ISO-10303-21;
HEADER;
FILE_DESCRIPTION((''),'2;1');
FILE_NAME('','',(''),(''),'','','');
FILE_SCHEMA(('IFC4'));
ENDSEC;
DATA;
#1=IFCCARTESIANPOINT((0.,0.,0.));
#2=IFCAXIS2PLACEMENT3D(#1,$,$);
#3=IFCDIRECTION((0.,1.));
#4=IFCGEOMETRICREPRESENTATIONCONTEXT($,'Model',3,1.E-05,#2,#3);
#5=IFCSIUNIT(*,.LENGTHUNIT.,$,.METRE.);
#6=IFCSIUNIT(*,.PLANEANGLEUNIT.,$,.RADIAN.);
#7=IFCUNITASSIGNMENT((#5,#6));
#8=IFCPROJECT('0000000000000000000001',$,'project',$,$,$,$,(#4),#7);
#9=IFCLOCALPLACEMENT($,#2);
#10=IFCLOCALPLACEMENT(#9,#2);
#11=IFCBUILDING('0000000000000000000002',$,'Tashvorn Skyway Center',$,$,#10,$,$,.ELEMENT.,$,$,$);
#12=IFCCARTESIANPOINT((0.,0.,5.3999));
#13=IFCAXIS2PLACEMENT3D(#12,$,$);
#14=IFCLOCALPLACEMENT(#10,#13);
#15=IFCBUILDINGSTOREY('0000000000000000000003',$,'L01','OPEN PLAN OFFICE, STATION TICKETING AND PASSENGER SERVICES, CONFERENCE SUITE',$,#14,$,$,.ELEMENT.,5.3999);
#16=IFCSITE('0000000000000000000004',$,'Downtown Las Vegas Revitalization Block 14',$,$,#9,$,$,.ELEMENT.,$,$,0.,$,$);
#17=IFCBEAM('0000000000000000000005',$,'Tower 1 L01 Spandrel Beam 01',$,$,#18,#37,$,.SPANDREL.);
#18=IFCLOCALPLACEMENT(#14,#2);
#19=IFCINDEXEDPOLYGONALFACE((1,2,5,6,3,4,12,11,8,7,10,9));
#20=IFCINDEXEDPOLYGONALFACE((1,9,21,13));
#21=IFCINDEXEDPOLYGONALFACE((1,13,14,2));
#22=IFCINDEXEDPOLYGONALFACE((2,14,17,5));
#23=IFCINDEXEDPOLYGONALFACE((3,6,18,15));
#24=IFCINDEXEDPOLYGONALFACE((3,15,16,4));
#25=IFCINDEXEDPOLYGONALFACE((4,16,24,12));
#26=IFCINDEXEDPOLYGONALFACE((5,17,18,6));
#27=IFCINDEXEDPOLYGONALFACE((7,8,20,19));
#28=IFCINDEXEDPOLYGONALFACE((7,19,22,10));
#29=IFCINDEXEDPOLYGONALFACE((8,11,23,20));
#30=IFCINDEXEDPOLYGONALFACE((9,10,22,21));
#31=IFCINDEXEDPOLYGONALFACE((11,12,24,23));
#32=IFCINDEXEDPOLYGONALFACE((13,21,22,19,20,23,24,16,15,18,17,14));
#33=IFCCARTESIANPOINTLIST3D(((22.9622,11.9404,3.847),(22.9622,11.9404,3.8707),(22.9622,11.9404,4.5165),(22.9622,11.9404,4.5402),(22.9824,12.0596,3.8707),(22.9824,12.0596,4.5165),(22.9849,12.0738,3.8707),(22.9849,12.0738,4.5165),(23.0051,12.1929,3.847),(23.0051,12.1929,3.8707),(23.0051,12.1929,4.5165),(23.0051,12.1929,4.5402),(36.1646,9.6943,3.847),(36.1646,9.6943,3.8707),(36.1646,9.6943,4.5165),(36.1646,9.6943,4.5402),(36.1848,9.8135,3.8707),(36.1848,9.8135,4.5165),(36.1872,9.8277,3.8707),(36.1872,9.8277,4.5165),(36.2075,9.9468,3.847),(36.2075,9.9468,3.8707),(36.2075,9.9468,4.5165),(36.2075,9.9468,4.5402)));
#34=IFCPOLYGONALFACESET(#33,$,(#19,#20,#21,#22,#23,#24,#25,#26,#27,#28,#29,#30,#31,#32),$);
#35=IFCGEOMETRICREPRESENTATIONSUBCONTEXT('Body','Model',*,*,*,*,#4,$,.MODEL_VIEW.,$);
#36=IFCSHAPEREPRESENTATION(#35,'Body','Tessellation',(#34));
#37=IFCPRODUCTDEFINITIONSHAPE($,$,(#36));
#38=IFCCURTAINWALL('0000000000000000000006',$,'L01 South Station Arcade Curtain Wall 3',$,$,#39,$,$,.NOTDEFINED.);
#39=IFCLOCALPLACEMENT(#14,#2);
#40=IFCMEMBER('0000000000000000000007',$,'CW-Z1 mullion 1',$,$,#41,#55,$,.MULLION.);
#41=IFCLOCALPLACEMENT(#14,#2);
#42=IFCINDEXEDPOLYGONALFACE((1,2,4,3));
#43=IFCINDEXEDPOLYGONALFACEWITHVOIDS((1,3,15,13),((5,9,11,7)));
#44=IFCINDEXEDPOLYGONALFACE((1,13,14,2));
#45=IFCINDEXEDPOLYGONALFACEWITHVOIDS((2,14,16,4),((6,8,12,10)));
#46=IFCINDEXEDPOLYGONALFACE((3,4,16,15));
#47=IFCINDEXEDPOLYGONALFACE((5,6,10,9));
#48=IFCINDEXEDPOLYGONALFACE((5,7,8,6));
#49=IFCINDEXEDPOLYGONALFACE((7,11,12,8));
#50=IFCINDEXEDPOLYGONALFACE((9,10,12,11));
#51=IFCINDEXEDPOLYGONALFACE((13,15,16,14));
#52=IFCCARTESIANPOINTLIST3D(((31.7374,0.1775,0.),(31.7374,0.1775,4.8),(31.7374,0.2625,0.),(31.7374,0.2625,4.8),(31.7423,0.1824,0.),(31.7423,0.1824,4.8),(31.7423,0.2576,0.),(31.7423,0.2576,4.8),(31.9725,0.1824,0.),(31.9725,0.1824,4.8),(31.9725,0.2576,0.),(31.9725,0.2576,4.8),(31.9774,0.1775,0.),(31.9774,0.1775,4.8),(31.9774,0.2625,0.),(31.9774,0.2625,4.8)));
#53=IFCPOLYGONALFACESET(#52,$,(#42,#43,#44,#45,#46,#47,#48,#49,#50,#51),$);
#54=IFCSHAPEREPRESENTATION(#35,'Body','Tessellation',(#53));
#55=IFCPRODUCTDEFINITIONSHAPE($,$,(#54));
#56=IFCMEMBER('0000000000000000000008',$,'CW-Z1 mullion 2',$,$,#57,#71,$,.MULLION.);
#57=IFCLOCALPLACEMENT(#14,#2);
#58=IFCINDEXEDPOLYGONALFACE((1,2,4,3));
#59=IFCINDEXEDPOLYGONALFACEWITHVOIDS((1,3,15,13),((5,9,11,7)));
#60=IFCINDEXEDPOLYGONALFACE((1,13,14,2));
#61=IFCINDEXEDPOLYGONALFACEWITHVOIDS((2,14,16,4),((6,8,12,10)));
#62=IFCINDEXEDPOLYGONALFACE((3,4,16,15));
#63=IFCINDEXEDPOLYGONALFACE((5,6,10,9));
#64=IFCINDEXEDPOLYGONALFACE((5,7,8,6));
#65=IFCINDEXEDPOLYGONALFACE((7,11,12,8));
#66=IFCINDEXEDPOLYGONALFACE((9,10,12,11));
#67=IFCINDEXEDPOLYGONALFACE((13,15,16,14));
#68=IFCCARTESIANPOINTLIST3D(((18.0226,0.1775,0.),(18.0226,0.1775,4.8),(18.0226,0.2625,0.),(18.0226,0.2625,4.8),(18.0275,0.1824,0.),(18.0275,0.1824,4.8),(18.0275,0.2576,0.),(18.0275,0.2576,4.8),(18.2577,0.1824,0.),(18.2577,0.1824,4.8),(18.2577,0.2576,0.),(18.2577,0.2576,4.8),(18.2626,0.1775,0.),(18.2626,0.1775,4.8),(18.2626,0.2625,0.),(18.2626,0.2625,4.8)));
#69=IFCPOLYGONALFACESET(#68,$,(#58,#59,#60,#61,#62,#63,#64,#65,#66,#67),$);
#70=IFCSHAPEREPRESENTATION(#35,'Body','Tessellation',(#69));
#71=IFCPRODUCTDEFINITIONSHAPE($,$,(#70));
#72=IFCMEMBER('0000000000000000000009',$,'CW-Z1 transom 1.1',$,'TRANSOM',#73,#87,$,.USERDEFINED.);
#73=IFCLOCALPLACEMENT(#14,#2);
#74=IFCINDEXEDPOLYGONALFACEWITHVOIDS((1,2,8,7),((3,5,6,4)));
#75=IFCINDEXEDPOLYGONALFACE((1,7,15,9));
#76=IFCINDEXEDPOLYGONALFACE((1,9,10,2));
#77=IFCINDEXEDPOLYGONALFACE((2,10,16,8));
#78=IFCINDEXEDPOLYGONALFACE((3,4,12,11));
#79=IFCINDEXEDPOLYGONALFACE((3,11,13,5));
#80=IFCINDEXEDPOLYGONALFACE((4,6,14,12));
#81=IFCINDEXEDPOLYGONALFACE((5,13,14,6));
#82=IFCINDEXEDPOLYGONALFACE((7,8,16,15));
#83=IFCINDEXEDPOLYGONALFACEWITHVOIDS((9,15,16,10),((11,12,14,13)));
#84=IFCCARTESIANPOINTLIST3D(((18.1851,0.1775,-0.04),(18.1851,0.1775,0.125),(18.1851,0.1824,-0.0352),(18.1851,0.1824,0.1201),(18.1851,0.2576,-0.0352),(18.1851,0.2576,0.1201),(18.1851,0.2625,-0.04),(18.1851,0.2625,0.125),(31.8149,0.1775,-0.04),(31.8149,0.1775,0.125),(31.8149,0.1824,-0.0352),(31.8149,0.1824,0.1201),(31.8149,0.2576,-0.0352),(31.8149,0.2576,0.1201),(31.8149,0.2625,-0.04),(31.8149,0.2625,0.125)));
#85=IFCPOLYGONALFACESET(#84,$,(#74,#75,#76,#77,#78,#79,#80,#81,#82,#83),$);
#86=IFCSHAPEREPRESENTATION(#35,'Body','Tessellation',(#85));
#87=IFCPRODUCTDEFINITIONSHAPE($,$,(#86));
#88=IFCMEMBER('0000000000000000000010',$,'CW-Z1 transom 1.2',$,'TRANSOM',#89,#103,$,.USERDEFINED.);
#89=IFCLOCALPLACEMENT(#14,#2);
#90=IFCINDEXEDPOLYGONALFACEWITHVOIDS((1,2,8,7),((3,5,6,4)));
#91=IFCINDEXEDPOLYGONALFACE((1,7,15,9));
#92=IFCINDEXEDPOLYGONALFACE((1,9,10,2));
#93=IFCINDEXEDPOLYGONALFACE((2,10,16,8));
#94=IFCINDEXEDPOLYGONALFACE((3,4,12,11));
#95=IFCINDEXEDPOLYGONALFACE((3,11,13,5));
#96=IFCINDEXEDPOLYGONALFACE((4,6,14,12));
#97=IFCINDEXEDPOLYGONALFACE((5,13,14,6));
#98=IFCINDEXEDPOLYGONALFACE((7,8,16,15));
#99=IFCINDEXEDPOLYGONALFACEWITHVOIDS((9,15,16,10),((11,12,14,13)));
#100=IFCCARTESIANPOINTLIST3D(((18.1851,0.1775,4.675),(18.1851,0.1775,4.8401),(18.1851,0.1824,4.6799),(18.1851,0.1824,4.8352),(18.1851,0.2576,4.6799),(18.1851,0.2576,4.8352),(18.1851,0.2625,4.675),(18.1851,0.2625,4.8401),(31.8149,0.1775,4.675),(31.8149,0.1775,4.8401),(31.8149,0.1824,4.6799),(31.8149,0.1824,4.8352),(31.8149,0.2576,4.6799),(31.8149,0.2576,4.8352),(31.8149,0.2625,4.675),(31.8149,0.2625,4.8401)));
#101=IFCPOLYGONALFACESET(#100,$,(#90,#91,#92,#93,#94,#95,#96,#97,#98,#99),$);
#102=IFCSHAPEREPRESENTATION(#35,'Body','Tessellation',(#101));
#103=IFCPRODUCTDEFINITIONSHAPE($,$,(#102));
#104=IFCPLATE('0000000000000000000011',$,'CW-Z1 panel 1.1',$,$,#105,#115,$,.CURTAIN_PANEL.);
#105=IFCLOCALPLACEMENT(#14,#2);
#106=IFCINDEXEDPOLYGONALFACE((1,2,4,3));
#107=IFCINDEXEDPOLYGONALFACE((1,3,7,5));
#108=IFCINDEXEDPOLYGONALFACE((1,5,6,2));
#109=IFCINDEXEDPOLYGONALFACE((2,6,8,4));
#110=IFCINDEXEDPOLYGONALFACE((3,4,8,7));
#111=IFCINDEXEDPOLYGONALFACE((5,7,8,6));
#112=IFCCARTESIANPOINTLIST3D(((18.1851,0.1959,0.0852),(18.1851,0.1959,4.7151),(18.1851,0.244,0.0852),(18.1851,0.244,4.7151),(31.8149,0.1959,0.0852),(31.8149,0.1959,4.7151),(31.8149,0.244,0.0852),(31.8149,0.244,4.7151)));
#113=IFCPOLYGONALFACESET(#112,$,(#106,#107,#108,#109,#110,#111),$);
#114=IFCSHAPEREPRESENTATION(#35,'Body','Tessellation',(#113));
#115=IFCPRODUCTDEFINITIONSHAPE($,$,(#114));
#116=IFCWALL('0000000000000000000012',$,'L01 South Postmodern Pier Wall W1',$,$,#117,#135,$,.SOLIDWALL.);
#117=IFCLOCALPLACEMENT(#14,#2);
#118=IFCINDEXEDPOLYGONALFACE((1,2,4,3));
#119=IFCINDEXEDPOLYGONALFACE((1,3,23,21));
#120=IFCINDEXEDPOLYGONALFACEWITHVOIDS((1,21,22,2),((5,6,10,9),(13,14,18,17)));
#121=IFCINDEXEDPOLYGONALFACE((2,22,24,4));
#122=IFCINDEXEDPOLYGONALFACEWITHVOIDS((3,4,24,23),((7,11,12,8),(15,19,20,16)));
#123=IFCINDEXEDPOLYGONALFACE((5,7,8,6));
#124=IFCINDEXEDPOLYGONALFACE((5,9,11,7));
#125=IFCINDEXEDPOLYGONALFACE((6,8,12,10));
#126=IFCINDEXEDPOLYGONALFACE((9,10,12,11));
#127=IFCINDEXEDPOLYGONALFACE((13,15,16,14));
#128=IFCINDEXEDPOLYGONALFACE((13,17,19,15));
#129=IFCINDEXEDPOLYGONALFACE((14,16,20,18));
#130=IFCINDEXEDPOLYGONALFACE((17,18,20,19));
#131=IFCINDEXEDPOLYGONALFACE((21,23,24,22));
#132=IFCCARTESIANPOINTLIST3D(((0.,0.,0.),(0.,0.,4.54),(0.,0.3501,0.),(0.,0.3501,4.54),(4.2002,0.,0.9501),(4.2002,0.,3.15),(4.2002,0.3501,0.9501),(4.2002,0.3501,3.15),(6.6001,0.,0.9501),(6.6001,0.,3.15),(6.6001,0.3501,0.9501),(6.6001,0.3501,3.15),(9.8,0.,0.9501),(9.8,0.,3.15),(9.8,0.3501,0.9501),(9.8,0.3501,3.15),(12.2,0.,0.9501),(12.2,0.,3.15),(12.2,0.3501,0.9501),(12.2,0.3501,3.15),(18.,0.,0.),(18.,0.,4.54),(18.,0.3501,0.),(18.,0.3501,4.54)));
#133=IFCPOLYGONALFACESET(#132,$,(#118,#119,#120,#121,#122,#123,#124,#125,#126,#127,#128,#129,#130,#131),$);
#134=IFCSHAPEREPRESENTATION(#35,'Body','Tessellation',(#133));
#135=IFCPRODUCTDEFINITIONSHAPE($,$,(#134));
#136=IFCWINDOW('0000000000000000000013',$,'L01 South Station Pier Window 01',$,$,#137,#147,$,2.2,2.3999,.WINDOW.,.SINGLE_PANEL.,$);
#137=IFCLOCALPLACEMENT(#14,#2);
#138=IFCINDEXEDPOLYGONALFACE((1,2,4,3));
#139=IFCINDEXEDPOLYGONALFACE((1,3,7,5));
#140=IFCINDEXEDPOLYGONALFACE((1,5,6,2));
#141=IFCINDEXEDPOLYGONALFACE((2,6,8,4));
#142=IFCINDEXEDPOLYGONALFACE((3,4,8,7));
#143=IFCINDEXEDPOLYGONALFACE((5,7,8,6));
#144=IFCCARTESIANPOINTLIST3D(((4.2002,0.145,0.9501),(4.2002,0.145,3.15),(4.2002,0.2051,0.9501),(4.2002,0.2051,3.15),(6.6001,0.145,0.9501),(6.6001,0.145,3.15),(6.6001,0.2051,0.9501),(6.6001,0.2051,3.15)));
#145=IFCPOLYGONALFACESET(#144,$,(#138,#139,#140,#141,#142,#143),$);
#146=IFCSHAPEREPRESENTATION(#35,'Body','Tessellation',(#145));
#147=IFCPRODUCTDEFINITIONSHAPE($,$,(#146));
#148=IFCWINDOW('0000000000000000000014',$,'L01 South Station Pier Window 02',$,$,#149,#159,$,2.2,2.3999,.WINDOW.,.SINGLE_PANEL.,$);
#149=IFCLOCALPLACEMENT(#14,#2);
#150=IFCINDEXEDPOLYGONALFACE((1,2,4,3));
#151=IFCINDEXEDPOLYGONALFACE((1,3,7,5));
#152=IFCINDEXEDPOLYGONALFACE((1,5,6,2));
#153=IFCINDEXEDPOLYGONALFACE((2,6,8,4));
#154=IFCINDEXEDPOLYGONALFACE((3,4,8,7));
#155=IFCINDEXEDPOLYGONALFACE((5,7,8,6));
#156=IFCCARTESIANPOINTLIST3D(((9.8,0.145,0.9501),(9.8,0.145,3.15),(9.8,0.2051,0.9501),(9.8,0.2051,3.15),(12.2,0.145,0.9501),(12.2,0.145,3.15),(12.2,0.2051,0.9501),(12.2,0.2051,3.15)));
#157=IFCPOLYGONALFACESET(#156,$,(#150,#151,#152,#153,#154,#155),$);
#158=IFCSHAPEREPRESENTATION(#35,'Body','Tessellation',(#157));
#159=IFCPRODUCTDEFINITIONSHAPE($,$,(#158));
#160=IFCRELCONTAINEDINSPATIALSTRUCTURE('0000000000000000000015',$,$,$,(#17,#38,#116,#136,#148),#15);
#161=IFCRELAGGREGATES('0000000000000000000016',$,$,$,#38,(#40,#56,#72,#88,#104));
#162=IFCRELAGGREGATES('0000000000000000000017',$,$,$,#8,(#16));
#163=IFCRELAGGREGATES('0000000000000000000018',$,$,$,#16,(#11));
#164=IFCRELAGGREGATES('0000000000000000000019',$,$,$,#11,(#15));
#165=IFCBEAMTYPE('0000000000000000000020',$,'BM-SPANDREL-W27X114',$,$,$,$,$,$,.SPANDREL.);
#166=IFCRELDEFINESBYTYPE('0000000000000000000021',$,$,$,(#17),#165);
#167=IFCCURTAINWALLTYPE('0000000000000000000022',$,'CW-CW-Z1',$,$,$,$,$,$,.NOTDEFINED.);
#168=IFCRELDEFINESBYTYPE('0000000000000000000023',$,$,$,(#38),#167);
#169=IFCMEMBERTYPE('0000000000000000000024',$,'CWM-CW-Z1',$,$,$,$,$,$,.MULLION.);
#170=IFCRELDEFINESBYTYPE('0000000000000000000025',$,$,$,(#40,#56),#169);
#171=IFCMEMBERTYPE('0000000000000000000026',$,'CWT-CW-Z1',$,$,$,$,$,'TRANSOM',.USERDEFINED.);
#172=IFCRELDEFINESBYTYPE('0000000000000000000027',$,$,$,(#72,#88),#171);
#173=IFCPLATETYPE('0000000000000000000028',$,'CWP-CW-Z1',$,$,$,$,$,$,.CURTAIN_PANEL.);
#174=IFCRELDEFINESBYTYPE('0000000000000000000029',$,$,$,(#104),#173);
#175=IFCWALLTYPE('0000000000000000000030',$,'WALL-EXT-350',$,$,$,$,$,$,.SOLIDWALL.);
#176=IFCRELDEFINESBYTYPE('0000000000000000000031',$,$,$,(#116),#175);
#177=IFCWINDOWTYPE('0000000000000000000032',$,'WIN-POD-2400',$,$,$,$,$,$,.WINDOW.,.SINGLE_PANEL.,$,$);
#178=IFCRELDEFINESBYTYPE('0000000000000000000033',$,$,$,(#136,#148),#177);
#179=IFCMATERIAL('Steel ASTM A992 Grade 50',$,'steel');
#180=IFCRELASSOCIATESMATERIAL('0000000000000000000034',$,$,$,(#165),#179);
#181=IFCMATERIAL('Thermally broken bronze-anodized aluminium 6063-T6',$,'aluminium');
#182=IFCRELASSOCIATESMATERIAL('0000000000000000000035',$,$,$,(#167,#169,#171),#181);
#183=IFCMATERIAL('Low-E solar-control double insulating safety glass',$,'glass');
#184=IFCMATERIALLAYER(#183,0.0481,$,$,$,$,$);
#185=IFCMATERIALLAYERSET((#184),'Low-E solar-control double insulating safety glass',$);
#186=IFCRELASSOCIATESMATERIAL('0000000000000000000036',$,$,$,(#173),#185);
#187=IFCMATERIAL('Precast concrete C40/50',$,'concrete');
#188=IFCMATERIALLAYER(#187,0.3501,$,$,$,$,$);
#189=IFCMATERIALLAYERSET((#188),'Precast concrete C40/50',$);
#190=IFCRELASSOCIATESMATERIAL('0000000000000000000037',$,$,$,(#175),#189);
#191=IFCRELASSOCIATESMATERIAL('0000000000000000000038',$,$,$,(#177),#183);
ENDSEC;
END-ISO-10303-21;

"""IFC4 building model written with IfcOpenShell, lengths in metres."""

from ifc_helpers import new_model, si_unit, direction, frame, frame_2d, origin, origin_2d, place, context, subcontext, project, spatial, rectangle, hollow_rectangle, i_section, extrude, material, layer, layer_set, material_profile, profile_set, type_object, element, fill, aggregate, save


model = new_model("IFC4")

# Units and contexts
model_context = context("Model", 3, precision=1e-05, world=origin(), true_north=direction((0.0, 1.0)))
body_context = subcontext(model_context, "Body", "Model", "MODEL_VIEW")
ifc_project = project(units=[si_unit("LENGTHUNIT", "METRE"), si_unit("PLANEANGLEUNIT", "RADIAN")], contexts=[model_context])

# Site, building, storey
site_placement = place(None, origin())
site = spatial("IfcSite", under=ifc_project, at=site_placement, Name="Downtown Las Vegas Revitalization Block 14", CompositionType="ELEMENT", RefElevation=0.0)
building_placement = place(site_placement, origin())
building = spatial("IfcBuilding", under=site, at=building_placement, Name="Tashvorn Skyway Center", CompositionType="ELEMENT")
storey_placement = place(building_placement, frame((0.0, 0.0, 5.3999)))
storey = spatial("IfcBuildingStorey", under=building, at=storey_placement, Name="L01", Description="OPEN PLAN OFFICE, STATION TICKETING AND PASSENGER SERVICES, CONFERENCE SUITE", CompositionType="ELEMENT", Elevation=5.3999)

# Shared definitions
ifc_material_1 = material(Name="Precast concrete C40/50", Category="concrete")

# Beam
ifc_material_2 = material(Name="Steel ASTM A992 Grade 50", Category="steel")
ifc_material_profile_1 = material_profile(ifc_material_2, i_section(OverallWidth=0.2561, OverallDepth=0.6931, WebThickness=0.0144, FlangeThickness=0.0237, at=origin_2d()), Name="W27X114")
ifc_profile_set_1 = profile_set([ifc_material_profile_1], Name="Steel ASTM A992 Grade 50")
beam_type_1 = type_object("IfcBeamType", Name="BM-SPANDREL-W27X114", PredefinedType="SPANDREL", material=ifc_profile_set_1)
beam_1_placement = place(storey_placement, frame((22.9836, 12.0667, 4.1936), z_axis=(0.985835, -0.167718, 0.0), x_axis=(0.167718, 0.985835, 0.0)))
element("IfcBeam", 1, at=beam_1_placement, inside=storey, type_object=beam_type_1, Name="Tower 1 L01 Spandrel Beam 01", PredefinedType="SPANDREL", context=body_context, shape_type="SweptSolid", body=[
    extrude(i_section(OverallWidth=0.2561, OverallDepth=0.6931, WebThickness=0.0144, FlangeThickness=0.0237, at=origin_2d()), origin(), (0.0, 0.0, 1.0), 13.3921),
])

# Curtain wall, members, plate
ifc_material_3 = material(Name="Thermally broken bronze-anodized aluminium 6063-T6", Category="aluminium")
curtain_wall_type = type_object("IfcCurtainWallType", Name="CW-CW-Z1", PredefinedType="NOTDEFINED", material=ifc_material_3)
curtain_wall_placement = place(storey_placement, origin())
curtain_wall = element("IfcCurtainWall", 2, at=curtain_wall_placement, inside=storey, type_object=curtain_wall_type, Name="L01 South Station Arcade Curtain Wall 3", PredefinedType="NOTDEFINED")
ifc_material_profile_2 = material_profile(ifc_material_3, hollow_rectangle(XDim=0.085, YDim=0.24, WallThickness=0.0049, at=origin_2d()), Name="ALU-MULL-85x240")
ifc_profile_set_2 = profile_set([ifc_material_profile_2], Name="Thermally broken bronze-anodized aluminium 6063-T6")
member_type_1 = type_object("IfcMemberType", Name="CWM-CW-Z1", PredefinedType="MULLION", material=ifc_profile_set_2)
member_1_placement = place(storey_placement, frame((31.8574, 0.22, 0.0), z_axis=(0.0, 0.0, 1.0), x_axis=(0.0, -1.0, 0.0)))
member_1 = element("IfcMember", 3, at=member_1_placement, type_object=member_type_1, Name="CW-Z1 mullion 1", PredefinedType="MULLION", context=body_context, shape_type="SweptSolid", body=[
    extrude(hollow_rectangle(XDim=0.085, YDim=0.24, WallThickness=0.0049, at=origin_2d()), origin(), (0.0, 0.0, 1.0), 4.8),
])
member_2_placement = place(storey_placement, frame((18.1426, 0.22, 0.0), z_axis=(0.0, 0.0, 1.0), x_axis=(0.0, -1.0, 0.0)))
member_2 = element("IfcMember", 4, at=member_2_placement, type_object=member_type_1, Name="CW-Z1 mullion 2", PredefinedType="MULLION", context=body_context, shape_type="SweptSolid", body=[
    extrude(hollow_rectangle(XDim=0.085, YDim=0.24, WallThickness=0.0049, at=origin_2d()), origin(), (0.0, 0.0, 1.0), 4.8),
])
ifc_material_profile_3 = material_profile(ifc_material_3, hollow_rectangle(XDim=0.085, YDim=0.165, WallThickness=0.0049, at=origin_2d()), Name="ALU-TRAN-85x165")
ifc_profile_set_3 = profile_set([ifc_material_profile_3], Name="Thermally broken bronze-anodized aluminium 6063-T6")
member_type_2 = type_object("IfcMemberType", Name="CWT-CW-Z1", ElementType="TRANSOM", PredefinedType="USERDEFINED", material=ifc_profile_set_3)
member_3_placement = place(storey_placement, frame((31.8149, 0.22, 0.0425), z_axis=(-1.0, 0.0, 0.0), x_axis=(0.0, -1.0, 0.0)))
member_3 = element("IfcMember", 5, at=member_3_placement, type_object=member_type_2, Name="CW-Z1 transom 1.1", ObjectType="TRANSOM", PredefinedType="USERDEFINED", context=body_context, shape_type="SweptSolid", body=[
    extrude(hollow_rectangle(XDim=0.085, YDim=0.165, WallThickness=0.0049, at=origin_2d()), origin(), (0.0, 0.0, 1.0), 13.6299),
])
member_4_placement = place(storey_placement, frame((31.8149, 0.22, 4.7576), z_axis=(-1.0, 0.0, 0.0), x_axis=(0.0, -1.0, 0.0)))
member_4 = element("IfcMember", 6, at=member_4_placement, type_object=member_type_2, Name="CW-Z1 transom 1.2", ObjectType="TRANSOM", PredefinedType="USERDEFINED", context=body_context, shape_type="SweptSolid", body=[
    extrude(hollow_rectangle(XDim=0.085, YDim=0.165, WallThickness=0.0049, at=origin_2d()), origin(), (0.0, 0.0, 1.0), 13.6299),
])
ifc_material_4 = material(Name="Low-E solar-control double insulating safety glass", Category="glass")
ifc_layer_1 = layer(ifc_material_4, 0.0481)
ifc_layer_set_1 = layer_set([ifc_layer_1], Name="Low-E solar-control double insulating safety glass")
plate_type = type_object("IfcPlateType", Name="CWP-CW-Z1", PredefinedType="CURTAIN_PANEL", material=ifc_layer_set_1)
plate_placement = place(storey_placement, frame((25.0, 0.22, 0.0852), z_axis=(0.0, 0.0, 1.0), x_axis=(-1.0, 0.0, 0.0)))
plate = element("IfcPlate", 7, at=plate_placement, type_object=plate_type, Name="CW-Z1 panel 1.1", PredefinedType="CURTAIN_PANEL", context=body_context, shape_type="SweptSolid", body=[
    extrude(rectangle(XDim=13.6299, YDim=0.0481, at=origin_2d()), origin(), (0.0, 0.0, 1.0), 4.6299),
])
aggregate(curtain_wall, [member_1, member_2, member_3, member_4, plate])

# Wall, openings, windows
ifc_layer_2 = layer(ifc_material_1, 0.3501)
ifc_layer_set_2 = layer_set([ifc_layer_2], Name="Precast concrete C40/50")
wall_type_1 = type_object("IfcWallType", Name="WALL-EXT-350", PredefinedType="SOLIDWALL", material=ifc_layer_set_2)
wall_1_placement = place(storey_placement, frame((18.0, 0.175, 0.0), z_axis=(0.0, 0.0, 1.0), x_axis=(-1.0, 0.0, 0.0)))
wall_1 = element("IfcWall", 8, at=wall_1_placement, inside=storey, type_object=wall_type_1, Name="L01 South Postmodern Pier Wall W1", PredefinedType="SOLIDWALL", context=body_context, shape_type="SweptSolid", body=[
    extrude(rectangle(XDim=18.0, YDim=0.3501, at=frame_2d((9.0, 0.0))), origin(), (0.0, 0.0, 1.0), 4.54),
])
opening_1_placement = place(wall_1_placement, frame((11.3999, 0.0, 0.95)))
opening_1 = element("IfcOpeningElement", 9, at=opening_1_placement, cuts=wall_1, PredefinedType="OPENING", context=body_context, shape_type="SweptSolid", body=[
    extrude(rectangle(XDim=2.3999, YDim=2.2, at=frame_2d((1.2, 1.1001))), frame((0.0, 0.1851, 0.0), z_axis=(0.0, -1.0, 0.0), x_axis=(1.0, 0.0, 0.0)), (0.0, 0.0, 1.0), 0.3701),
])
opening_2_placement = place(wall_1_placement, frame((5.8, 0.0, 0.95)))
opening_2 = element("IfcOpeningElement", 10, at=opening_2_placement, cuts=wall_1, PredefinedType="OPENING", context=body_context, shape_type="SweptSolid", body=[
    extrude(rectangle(XDim=2.3999, YDim=2.2, at=frame_2d((1.2, 1.1001))), frame((0.0, 0.1851, 0.0), z_axis=(0.0, -1.0, 0.0), x_axis=(1.0, 0.0, 0.0)), (0.0, 0.0, 1.0), 0.3701),
])
window_type = type_object("IfcWindowType", Name="WIN-POD-2400", PartitioningType="SINGLE_PANEL", PredefinedType="WINDOW", material=ifc_material_4)
window_1_placement = place(opening_1_placement, origin())
window_1 = element("IfcWindow", 11, at=window_1_placement, inside=storey, type_object=window_type, Name="L01 South Station Pier Window 01", OverallHeight=2.2, OverallWidth=2.3999, PartitioningType="SINGLE_PANEL", PredefinedType="WINDOW", context=body_context, shape_type="SweptSolid", body=[
    extrude(rectangle(XDim=2.3999, YDim=2.2, at=frame_2d((1.2, 1.1001))), frame((0.0, 0.03, 0.0), z_axis=(0.0, -1.0, 0.0), x_axis=(1.0, 0.0, 0.0)), (0.0, 0.0, 1.0), 0.0601),
])
fill(opening_1, window_1)
window_2_placement = place(opening_2_placement, origin())
window_2 = element("IfcWindow", 12, at=window_2_placement, inside=storey, type_object=window_type, Name="L01 South Station Pier Window 02", OverallHeight=2.2, OverallWidth=2.3999, PartitioningType="SINGLE_PANEL", PredefinedType="WINDOW", context=body_context, shape_type="SweptSolid", body=[
    extrude(rectangle(XDim=2.3999, YDim=2.2, at=frame_2d((1.2, 1.1001))), frame((0.0, 0.03, 0.0), z_axis=(0.0, -1.0, 0.0), x_axis=(1.0, 0.0, 0.0)), (0.0, 0.0, 1.0), 0.0601),
])
fill(opening_2, window_2)

save(model, "model.ifc")
